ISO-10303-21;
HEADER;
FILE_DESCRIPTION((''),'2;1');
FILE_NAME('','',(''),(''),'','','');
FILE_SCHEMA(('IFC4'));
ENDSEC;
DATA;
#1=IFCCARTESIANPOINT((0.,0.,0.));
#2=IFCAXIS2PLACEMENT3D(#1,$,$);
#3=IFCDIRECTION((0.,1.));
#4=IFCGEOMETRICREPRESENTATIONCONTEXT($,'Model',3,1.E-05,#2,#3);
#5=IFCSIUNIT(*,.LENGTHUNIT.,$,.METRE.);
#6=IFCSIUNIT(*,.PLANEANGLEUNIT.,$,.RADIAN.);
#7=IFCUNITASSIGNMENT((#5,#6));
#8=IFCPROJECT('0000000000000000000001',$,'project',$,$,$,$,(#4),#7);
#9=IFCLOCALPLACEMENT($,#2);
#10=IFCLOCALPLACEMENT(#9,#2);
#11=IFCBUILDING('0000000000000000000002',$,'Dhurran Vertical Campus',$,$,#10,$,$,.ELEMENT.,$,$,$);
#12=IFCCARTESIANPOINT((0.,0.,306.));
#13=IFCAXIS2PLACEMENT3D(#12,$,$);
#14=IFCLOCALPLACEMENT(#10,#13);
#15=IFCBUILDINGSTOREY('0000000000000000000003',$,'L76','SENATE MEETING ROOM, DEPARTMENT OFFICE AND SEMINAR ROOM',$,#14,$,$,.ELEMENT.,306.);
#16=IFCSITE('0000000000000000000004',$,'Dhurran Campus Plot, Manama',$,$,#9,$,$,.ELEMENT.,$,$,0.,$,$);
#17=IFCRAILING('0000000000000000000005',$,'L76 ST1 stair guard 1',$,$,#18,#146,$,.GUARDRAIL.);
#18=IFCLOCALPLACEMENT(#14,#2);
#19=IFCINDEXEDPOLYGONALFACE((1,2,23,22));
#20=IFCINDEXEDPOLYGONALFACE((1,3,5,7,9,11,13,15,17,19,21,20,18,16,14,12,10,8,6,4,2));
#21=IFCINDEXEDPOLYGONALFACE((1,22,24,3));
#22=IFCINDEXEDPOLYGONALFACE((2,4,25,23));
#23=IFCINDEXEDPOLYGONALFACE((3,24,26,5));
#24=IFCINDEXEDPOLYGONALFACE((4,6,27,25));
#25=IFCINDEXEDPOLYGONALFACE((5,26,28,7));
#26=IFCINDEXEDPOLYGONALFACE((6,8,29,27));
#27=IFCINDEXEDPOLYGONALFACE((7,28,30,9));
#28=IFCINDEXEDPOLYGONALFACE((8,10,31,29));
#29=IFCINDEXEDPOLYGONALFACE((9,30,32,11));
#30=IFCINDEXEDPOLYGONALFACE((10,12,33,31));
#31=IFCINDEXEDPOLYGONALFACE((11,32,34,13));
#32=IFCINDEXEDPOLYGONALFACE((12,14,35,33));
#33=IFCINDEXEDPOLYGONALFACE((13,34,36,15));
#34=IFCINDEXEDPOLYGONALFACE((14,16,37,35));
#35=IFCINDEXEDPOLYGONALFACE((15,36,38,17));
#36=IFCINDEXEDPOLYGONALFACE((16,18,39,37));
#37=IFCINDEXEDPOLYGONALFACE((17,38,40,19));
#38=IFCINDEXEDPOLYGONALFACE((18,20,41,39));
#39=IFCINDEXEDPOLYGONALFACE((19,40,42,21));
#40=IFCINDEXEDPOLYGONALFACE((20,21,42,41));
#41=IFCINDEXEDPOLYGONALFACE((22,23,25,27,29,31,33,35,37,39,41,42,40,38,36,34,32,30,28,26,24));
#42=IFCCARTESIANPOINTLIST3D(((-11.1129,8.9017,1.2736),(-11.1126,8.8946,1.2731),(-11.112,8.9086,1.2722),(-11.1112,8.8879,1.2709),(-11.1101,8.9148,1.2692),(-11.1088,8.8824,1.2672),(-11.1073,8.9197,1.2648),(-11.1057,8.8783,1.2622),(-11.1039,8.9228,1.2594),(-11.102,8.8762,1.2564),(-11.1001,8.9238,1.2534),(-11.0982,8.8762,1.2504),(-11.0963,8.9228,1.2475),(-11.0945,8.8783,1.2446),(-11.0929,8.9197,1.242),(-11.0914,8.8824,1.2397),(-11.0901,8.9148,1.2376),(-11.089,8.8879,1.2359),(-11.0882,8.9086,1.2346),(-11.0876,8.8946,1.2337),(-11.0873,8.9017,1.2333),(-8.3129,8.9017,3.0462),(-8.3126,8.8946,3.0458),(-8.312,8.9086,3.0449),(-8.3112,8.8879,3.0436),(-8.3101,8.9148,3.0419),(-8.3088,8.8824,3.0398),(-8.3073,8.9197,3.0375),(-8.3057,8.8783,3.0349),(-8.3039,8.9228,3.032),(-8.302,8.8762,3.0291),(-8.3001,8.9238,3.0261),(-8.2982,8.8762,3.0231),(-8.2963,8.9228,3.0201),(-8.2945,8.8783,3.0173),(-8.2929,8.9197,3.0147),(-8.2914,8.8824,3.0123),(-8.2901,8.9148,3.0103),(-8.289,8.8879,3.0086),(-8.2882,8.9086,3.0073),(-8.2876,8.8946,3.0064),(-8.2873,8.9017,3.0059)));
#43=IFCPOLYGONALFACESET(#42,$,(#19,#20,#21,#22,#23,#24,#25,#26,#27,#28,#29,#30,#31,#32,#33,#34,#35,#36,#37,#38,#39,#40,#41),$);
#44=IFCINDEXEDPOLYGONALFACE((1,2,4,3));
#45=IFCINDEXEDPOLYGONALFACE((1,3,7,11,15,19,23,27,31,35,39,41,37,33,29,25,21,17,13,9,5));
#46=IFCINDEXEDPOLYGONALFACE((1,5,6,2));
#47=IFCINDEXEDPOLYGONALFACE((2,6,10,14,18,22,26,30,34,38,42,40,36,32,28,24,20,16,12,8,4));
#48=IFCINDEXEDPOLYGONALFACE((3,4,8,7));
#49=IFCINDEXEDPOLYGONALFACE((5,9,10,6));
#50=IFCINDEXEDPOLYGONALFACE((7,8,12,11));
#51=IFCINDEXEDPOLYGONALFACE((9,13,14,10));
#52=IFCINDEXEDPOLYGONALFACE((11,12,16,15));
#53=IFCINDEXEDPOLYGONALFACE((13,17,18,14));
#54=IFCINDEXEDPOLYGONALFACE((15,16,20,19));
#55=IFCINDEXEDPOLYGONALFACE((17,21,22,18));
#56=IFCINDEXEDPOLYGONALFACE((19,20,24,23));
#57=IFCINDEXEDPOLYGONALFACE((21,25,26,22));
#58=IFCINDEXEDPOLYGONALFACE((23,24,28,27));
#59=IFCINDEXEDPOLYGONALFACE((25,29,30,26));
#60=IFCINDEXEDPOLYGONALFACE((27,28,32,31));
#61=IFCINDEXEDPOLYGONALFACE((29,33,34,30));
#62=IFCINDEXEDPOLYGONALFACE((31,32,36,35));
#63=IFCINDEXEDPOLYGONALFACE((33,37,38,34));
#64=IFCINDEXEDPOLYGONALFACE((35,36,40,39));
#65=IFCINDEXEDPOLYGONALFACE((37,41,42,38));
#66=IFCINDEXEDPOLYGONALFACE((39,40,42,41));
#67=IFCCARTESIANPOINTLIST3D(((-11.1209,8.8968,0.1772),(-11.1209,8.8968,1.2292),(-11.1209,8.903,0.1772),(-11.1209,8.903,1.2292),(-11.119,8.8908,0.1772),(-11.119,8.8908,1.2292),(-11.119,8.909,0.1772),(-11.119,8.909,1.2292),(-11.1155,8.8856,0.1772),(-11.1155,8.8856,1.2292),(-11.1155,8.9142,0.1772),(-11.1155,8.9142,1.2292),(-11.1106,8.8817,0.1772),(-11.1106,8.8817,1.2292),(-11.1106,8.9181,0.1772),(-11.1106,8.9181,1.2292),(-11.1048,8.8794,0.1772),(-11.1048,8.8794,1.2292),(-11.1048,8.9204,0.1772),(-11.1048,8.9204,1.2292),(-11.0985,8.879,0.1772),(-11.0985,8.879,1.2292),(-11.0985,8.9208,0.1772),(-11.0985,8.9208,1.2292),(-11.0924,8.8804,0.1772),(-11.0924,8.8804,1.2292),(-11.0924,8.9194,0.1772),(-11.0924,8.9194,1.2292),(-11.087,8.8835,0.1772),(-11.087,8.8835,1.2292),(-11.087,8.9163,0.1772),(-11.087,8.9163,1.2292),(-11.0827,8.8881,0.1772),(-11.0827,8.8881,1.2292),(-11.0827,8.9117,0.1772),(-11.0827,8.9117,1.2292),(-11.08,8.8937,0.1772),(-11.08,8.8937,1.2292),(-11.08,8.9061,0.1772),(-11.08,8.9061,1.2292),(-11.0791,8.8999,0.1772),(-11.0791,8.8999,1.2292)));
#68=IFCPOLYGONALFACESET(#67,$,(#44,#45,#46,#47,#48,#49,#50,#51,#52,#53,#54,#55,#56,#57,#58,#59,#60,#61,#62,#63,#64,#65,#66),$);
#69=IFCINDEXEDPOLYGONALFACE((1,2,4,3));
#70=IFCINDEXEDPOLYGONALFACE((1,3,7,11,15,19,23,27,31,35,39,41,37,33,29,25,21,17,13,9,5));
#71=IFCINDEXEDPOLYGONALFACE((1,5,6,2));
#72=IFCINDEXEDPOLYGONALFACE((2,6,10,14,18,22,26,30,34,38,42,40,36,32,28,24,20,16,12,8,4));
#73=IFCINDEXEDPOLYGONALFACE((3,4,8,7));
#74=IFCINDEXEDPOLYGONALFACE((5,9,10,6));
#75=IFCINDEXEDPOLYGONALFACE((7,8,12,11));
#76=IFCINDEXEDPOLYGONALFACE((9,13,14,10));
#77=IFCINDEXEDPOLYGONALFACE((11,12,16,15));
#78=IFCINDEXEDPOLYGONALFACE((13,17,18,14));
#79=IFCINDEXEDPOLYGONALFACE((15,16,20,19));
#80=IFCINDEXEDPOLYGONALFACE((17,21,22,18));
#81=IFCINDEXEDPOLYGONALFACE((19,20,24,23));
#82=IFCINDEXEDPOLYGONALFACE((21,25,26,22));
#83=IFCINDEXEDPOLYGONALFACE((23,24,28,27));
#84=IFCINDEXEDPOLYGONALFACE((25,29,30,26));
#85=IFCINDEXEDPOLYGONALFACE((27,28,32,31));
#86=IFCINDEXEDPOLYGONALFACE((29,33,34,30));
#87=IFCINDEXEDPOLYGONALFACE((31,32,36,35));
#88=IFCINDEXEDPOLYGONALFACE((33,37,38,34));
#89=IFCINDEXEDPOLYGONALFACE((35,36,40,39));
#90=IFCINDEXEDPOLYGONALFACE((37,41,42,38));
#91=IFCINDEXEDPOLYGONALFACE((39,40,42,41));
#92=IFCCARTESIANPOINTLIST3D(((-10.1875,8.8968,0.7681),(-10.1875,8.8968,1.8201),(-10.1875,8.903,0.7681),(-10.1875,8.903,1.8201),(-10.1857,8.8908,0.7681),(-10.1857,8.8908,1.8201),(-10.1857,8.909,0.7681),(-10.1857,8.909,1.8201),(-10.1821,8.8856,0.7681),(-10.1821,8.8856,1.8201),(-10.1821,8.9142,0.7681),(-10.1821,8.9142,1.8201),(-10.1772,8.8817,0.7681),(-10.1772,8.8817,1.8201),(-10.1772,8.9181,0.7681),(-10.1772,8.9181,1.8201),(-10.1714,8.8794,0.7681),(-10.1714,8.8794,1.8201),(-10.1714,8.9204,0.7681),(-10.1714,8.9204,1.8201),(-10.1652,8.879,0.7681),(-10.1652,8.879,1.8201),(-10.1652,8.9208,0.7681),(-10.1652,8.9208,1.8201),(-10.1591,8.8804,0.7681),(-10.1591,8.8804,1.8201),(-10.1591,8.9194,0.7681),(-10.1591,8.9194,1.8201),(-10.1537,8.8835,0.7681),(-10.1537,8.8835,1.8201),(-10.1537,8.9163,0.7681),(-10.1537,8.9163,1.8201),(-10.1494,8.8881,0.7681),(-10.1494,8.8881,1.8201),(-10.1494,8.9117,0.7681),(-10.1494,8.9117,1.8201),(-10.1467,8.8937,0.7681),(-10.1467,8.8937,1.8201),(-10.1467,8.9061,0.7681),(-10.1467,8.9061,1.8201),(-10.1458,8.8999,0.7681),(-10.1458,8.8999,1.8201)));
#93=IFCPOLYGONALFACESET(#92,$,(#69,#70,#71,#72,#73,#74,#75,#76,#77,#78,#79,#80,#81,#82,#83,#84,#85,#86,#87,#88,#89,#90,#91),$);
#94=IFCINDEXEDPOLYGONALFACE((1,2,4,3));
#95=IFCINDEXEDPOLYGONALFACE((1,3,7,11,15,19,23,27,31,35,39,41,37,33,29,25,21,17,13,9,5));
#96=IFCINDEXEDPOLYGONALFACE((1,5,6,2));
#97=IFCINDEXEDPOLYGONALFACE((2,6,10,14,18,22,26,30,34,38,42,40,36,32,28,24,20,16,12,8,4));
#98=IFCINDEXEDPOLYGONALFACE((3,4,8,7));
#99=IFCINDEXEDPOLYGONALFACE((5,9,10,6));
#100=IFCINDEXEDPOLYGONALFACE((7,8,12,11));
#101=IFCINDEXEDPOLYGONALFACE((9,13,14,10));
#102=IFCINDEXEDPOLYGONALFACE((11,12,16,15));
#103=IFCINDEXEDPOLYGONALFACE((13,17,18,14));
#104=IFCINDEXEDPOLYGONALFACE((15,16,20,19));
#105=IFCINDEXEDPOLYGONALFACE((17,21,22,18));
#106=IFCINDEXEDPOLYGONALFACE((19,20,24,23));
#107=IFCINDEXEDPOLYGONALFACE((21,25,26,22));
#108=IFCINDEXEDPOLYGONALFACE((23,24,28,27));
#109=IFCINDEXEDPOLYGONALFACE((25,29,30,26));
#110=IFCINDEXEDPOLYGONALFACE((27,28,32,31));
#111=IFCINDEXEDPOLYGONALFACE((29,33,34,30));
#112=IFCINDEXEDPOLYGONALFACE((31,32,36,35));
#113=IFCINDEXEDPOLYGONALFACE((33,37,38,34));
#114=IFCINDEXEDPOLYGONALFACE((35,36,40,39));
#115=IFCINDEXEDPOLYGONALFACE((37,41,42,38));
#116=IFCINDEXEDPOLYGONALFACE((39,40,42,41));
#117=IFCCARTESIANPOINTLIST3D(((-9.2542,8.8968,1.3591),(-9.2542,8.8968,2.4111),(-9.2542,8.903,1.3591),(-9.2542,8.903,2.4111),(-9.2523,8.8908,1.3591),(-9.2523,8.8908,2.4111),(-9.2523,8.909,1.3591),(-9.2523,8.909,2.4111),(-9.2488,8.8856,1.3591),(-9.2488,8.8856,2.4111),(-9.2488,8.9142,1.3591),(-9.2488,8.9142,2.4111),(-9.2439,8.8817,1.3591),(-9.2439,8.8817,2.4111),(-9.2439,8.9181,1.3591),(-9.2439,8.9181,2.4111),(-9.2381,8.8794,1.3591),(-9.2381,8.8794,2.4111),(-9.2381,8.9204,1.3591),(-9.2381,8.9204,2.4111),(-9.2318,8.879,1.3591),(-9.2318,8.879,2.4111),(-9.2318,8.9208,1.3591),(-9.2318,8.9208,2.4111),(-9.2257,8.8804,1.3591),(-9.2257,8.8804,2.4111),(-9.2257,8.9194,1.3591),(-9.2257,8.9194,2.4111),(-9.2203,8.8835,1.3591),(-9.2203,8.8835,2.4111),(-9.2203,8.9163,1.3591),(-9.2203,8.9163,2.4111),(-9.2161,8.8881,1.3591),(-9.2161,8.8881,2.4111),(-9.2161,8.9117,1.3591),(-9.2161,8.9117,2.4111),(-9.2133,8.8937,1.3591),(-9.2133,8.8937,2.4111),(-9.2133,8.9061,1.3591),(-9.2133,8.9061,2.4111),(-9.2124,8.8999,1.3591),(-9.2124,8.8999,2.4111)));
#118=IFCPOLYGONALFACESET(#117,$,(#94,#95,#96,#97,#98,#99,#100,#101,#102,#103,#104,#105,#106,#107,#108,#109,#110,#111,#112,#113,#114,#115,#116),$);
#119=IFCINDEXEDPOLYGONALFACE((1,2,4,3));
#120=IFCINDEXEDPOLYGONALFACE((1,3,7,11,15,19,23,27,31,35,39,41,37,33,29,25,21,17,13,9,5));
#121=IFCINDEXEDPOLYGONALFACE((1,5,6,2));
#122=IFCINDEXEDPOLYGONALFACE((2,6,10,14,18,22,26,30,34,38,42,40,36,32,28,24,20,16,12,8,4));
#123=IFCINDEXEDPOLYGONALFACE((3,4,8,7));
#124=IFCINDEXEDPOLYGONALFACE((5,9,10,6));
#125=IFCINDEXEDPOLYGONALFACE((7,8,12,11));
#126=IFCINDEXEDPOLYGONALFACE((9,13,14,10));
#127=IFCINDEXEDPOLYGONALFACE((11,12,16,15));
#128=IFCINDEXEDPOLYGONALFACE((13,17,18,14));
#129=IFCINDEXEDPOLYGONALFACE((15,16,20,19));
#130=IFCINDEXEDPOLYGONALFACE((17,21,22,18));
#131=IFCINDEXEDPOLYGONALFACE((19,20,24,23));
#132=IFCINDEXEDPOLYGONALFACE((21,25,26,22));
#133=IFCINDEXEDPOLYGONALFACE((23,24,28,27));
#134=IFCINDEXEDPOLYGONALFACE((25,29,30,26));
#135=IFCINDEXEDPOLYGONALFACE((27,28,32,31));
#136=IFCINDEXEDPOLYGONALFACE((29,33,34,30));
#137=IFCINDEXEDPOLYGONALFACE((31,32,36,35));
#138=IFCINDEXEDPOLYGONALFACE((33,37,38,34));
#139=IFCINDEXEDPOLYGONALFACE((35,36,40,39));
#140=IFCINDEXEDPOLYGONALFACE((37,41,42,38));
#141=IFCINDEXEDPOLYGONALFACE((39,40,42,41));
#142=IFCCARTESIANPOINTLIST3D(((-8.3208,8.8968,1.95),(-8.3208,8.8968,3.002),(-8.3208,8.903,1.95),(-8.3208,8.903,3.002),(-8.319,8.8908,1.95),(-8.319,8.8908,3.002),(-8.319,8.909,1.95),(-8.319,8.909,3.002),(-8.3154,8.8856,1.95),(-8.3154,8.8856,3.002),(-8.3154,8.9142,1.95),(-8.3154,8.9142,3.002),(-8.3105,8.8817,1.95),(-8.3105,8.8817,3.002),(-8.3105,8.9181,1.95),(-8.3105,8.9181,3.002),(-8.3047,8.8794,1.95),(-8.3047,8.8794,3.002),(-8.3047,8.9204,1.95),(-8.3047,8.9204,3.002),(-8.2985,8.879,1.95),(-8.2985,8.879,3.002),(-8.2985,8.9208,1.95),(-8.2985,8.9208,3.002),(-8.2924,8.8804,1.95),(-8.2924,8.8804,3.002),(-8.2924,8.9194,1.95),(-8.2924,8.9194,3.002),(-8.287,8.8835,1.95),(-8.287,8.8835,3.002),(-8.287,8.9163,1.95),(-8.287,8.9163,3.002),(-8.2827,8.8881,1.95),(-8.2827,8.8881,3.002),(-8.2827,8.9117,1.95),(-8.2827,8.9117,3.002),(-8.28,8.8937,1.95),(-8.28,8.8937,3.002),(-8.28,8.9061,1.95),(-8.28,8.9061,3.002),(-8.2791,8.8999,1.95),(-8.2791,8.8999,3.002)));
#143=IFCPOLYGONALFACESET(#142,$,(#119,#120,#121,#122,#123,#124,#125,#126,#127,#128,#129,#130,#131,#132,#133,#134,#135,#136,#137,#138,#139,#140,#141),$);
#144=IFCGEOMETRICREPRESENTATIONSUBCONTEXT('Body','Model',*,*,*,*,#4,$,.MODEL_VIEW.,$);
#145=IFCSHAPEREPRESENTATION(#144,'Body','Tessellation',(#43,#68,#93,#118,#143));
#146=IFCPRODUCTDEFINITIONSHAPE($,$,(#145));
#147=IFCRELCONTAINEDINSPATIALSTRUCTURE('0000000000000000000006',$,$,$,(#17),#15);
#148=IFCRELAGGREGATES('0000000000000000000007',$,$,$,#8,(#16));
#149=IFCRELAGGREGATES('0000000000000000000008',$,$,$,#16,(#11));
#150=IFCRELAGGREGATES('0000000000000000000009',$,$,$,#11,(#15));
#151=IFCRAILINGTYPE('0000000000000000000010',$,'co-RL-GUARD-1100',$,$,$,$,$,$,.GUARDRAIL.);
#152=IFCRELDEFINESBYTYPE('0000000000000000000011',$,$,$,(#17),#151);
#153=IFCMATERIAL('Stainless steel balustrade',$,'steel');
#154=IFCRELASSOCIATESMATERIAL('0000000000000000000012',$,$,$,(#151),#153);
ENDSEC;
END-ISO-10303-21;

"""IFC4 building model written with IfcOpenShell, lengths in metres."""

from ifc_helpers import new_model, si_unit, direction, frame, origin, origin_2d, place, context, subcontext, project, spatial, circle, extrude, material, type_object, element, save


model = new_model("IFC4")

# Units and contexts
model_context = context("Model", 3, precision=1e-05, world=origin(), true_north=direction((0.0, 1.0)))
body_context = subcontext(model_context, "Body", "Model", "MODEL_VIEW")
ifc_project = project(units=[si_unit("LENGTHUNIT", "METRE"), si_unit("PLANEANGLEUNIT", "RADIAN")], contexts=[model_context])

# Site, building, storey
site_placement = place(None, origin())
site = spatial("IfcSite", under=ifc_project, at=site_placement, Name="Dhurran Campus Plot, Manama", CompositionType="ELEMENT", RefElevation=0.0)
building_placement = place(site_placement, origin())
building = spatial("IfcBuilding", under=site, at=building_placement, Name="Dhurran Vertical Campus", CompositionType="ELEMENT")
storey_placement = place(building_placement, frame((0.0, 0.0, 306.0)))
storey = spatial("IfcBuildingStorey", under=building, at=storey_placement, Name="L76", Description="SENATE MEETING ROOM, DEPARTMENT OFFICE AND SEMINAR ROOM", CompositionType="ELEMENT", Elevation=306.0)

# Railing
ifc_material_1 = material(Name="Stainless steel balustrade", Category="steel")
railing_type_1 = type_object("IfcRailingType", Name="co-RL-GUARD-1100", PredefinedType="GUARDRAIL", material=ifc_material_1)
railing_1_placement = place(storey_placement, frame((-11.1001, 8.8999, 0.1772)))
element("IfcRailing", 1, at=railing_1_placement, inside=storey, type_object=railing_type_1, Name="L76 ST1 stair guard 1", PredefinedType="GUARDRAIL", context=body_context, shape_type="SweptSolid", body=[
    extrude(circle(Radius=0.0239, at=origin_2d()), frame((0.0, 0.0, 1.0762), z_axis=(0.844909, 0.0, 0.53491), x_axis=(0.0, 1.0, 0.0)), (0.0, 0.0, 1.0), 3.314),
    extrude(circle(Radius=0.021, at=origin_2d()), origin(), (0.0, 0.0, 1.0), 1.052),
    extrude(circle(Radius=0.021, at=origin_2d()), frame((0.9333, 0.0, 0.5908)), (0.0, 0.0, 1.0), 1.052),
    extrude(circle(Radius=0.021, at=origin_2d()), frame((1.8667, 0.0, 1.1819)), (0.0, 0.0, 1.0), 1.052),
    extrude(circle(Radius=0.021, at=origin_2d()), frame((2.8, 0.0, 1.7727)), (0.0, 0.0, 1.0), 1.052),
])

save(model, "model.ifc")
